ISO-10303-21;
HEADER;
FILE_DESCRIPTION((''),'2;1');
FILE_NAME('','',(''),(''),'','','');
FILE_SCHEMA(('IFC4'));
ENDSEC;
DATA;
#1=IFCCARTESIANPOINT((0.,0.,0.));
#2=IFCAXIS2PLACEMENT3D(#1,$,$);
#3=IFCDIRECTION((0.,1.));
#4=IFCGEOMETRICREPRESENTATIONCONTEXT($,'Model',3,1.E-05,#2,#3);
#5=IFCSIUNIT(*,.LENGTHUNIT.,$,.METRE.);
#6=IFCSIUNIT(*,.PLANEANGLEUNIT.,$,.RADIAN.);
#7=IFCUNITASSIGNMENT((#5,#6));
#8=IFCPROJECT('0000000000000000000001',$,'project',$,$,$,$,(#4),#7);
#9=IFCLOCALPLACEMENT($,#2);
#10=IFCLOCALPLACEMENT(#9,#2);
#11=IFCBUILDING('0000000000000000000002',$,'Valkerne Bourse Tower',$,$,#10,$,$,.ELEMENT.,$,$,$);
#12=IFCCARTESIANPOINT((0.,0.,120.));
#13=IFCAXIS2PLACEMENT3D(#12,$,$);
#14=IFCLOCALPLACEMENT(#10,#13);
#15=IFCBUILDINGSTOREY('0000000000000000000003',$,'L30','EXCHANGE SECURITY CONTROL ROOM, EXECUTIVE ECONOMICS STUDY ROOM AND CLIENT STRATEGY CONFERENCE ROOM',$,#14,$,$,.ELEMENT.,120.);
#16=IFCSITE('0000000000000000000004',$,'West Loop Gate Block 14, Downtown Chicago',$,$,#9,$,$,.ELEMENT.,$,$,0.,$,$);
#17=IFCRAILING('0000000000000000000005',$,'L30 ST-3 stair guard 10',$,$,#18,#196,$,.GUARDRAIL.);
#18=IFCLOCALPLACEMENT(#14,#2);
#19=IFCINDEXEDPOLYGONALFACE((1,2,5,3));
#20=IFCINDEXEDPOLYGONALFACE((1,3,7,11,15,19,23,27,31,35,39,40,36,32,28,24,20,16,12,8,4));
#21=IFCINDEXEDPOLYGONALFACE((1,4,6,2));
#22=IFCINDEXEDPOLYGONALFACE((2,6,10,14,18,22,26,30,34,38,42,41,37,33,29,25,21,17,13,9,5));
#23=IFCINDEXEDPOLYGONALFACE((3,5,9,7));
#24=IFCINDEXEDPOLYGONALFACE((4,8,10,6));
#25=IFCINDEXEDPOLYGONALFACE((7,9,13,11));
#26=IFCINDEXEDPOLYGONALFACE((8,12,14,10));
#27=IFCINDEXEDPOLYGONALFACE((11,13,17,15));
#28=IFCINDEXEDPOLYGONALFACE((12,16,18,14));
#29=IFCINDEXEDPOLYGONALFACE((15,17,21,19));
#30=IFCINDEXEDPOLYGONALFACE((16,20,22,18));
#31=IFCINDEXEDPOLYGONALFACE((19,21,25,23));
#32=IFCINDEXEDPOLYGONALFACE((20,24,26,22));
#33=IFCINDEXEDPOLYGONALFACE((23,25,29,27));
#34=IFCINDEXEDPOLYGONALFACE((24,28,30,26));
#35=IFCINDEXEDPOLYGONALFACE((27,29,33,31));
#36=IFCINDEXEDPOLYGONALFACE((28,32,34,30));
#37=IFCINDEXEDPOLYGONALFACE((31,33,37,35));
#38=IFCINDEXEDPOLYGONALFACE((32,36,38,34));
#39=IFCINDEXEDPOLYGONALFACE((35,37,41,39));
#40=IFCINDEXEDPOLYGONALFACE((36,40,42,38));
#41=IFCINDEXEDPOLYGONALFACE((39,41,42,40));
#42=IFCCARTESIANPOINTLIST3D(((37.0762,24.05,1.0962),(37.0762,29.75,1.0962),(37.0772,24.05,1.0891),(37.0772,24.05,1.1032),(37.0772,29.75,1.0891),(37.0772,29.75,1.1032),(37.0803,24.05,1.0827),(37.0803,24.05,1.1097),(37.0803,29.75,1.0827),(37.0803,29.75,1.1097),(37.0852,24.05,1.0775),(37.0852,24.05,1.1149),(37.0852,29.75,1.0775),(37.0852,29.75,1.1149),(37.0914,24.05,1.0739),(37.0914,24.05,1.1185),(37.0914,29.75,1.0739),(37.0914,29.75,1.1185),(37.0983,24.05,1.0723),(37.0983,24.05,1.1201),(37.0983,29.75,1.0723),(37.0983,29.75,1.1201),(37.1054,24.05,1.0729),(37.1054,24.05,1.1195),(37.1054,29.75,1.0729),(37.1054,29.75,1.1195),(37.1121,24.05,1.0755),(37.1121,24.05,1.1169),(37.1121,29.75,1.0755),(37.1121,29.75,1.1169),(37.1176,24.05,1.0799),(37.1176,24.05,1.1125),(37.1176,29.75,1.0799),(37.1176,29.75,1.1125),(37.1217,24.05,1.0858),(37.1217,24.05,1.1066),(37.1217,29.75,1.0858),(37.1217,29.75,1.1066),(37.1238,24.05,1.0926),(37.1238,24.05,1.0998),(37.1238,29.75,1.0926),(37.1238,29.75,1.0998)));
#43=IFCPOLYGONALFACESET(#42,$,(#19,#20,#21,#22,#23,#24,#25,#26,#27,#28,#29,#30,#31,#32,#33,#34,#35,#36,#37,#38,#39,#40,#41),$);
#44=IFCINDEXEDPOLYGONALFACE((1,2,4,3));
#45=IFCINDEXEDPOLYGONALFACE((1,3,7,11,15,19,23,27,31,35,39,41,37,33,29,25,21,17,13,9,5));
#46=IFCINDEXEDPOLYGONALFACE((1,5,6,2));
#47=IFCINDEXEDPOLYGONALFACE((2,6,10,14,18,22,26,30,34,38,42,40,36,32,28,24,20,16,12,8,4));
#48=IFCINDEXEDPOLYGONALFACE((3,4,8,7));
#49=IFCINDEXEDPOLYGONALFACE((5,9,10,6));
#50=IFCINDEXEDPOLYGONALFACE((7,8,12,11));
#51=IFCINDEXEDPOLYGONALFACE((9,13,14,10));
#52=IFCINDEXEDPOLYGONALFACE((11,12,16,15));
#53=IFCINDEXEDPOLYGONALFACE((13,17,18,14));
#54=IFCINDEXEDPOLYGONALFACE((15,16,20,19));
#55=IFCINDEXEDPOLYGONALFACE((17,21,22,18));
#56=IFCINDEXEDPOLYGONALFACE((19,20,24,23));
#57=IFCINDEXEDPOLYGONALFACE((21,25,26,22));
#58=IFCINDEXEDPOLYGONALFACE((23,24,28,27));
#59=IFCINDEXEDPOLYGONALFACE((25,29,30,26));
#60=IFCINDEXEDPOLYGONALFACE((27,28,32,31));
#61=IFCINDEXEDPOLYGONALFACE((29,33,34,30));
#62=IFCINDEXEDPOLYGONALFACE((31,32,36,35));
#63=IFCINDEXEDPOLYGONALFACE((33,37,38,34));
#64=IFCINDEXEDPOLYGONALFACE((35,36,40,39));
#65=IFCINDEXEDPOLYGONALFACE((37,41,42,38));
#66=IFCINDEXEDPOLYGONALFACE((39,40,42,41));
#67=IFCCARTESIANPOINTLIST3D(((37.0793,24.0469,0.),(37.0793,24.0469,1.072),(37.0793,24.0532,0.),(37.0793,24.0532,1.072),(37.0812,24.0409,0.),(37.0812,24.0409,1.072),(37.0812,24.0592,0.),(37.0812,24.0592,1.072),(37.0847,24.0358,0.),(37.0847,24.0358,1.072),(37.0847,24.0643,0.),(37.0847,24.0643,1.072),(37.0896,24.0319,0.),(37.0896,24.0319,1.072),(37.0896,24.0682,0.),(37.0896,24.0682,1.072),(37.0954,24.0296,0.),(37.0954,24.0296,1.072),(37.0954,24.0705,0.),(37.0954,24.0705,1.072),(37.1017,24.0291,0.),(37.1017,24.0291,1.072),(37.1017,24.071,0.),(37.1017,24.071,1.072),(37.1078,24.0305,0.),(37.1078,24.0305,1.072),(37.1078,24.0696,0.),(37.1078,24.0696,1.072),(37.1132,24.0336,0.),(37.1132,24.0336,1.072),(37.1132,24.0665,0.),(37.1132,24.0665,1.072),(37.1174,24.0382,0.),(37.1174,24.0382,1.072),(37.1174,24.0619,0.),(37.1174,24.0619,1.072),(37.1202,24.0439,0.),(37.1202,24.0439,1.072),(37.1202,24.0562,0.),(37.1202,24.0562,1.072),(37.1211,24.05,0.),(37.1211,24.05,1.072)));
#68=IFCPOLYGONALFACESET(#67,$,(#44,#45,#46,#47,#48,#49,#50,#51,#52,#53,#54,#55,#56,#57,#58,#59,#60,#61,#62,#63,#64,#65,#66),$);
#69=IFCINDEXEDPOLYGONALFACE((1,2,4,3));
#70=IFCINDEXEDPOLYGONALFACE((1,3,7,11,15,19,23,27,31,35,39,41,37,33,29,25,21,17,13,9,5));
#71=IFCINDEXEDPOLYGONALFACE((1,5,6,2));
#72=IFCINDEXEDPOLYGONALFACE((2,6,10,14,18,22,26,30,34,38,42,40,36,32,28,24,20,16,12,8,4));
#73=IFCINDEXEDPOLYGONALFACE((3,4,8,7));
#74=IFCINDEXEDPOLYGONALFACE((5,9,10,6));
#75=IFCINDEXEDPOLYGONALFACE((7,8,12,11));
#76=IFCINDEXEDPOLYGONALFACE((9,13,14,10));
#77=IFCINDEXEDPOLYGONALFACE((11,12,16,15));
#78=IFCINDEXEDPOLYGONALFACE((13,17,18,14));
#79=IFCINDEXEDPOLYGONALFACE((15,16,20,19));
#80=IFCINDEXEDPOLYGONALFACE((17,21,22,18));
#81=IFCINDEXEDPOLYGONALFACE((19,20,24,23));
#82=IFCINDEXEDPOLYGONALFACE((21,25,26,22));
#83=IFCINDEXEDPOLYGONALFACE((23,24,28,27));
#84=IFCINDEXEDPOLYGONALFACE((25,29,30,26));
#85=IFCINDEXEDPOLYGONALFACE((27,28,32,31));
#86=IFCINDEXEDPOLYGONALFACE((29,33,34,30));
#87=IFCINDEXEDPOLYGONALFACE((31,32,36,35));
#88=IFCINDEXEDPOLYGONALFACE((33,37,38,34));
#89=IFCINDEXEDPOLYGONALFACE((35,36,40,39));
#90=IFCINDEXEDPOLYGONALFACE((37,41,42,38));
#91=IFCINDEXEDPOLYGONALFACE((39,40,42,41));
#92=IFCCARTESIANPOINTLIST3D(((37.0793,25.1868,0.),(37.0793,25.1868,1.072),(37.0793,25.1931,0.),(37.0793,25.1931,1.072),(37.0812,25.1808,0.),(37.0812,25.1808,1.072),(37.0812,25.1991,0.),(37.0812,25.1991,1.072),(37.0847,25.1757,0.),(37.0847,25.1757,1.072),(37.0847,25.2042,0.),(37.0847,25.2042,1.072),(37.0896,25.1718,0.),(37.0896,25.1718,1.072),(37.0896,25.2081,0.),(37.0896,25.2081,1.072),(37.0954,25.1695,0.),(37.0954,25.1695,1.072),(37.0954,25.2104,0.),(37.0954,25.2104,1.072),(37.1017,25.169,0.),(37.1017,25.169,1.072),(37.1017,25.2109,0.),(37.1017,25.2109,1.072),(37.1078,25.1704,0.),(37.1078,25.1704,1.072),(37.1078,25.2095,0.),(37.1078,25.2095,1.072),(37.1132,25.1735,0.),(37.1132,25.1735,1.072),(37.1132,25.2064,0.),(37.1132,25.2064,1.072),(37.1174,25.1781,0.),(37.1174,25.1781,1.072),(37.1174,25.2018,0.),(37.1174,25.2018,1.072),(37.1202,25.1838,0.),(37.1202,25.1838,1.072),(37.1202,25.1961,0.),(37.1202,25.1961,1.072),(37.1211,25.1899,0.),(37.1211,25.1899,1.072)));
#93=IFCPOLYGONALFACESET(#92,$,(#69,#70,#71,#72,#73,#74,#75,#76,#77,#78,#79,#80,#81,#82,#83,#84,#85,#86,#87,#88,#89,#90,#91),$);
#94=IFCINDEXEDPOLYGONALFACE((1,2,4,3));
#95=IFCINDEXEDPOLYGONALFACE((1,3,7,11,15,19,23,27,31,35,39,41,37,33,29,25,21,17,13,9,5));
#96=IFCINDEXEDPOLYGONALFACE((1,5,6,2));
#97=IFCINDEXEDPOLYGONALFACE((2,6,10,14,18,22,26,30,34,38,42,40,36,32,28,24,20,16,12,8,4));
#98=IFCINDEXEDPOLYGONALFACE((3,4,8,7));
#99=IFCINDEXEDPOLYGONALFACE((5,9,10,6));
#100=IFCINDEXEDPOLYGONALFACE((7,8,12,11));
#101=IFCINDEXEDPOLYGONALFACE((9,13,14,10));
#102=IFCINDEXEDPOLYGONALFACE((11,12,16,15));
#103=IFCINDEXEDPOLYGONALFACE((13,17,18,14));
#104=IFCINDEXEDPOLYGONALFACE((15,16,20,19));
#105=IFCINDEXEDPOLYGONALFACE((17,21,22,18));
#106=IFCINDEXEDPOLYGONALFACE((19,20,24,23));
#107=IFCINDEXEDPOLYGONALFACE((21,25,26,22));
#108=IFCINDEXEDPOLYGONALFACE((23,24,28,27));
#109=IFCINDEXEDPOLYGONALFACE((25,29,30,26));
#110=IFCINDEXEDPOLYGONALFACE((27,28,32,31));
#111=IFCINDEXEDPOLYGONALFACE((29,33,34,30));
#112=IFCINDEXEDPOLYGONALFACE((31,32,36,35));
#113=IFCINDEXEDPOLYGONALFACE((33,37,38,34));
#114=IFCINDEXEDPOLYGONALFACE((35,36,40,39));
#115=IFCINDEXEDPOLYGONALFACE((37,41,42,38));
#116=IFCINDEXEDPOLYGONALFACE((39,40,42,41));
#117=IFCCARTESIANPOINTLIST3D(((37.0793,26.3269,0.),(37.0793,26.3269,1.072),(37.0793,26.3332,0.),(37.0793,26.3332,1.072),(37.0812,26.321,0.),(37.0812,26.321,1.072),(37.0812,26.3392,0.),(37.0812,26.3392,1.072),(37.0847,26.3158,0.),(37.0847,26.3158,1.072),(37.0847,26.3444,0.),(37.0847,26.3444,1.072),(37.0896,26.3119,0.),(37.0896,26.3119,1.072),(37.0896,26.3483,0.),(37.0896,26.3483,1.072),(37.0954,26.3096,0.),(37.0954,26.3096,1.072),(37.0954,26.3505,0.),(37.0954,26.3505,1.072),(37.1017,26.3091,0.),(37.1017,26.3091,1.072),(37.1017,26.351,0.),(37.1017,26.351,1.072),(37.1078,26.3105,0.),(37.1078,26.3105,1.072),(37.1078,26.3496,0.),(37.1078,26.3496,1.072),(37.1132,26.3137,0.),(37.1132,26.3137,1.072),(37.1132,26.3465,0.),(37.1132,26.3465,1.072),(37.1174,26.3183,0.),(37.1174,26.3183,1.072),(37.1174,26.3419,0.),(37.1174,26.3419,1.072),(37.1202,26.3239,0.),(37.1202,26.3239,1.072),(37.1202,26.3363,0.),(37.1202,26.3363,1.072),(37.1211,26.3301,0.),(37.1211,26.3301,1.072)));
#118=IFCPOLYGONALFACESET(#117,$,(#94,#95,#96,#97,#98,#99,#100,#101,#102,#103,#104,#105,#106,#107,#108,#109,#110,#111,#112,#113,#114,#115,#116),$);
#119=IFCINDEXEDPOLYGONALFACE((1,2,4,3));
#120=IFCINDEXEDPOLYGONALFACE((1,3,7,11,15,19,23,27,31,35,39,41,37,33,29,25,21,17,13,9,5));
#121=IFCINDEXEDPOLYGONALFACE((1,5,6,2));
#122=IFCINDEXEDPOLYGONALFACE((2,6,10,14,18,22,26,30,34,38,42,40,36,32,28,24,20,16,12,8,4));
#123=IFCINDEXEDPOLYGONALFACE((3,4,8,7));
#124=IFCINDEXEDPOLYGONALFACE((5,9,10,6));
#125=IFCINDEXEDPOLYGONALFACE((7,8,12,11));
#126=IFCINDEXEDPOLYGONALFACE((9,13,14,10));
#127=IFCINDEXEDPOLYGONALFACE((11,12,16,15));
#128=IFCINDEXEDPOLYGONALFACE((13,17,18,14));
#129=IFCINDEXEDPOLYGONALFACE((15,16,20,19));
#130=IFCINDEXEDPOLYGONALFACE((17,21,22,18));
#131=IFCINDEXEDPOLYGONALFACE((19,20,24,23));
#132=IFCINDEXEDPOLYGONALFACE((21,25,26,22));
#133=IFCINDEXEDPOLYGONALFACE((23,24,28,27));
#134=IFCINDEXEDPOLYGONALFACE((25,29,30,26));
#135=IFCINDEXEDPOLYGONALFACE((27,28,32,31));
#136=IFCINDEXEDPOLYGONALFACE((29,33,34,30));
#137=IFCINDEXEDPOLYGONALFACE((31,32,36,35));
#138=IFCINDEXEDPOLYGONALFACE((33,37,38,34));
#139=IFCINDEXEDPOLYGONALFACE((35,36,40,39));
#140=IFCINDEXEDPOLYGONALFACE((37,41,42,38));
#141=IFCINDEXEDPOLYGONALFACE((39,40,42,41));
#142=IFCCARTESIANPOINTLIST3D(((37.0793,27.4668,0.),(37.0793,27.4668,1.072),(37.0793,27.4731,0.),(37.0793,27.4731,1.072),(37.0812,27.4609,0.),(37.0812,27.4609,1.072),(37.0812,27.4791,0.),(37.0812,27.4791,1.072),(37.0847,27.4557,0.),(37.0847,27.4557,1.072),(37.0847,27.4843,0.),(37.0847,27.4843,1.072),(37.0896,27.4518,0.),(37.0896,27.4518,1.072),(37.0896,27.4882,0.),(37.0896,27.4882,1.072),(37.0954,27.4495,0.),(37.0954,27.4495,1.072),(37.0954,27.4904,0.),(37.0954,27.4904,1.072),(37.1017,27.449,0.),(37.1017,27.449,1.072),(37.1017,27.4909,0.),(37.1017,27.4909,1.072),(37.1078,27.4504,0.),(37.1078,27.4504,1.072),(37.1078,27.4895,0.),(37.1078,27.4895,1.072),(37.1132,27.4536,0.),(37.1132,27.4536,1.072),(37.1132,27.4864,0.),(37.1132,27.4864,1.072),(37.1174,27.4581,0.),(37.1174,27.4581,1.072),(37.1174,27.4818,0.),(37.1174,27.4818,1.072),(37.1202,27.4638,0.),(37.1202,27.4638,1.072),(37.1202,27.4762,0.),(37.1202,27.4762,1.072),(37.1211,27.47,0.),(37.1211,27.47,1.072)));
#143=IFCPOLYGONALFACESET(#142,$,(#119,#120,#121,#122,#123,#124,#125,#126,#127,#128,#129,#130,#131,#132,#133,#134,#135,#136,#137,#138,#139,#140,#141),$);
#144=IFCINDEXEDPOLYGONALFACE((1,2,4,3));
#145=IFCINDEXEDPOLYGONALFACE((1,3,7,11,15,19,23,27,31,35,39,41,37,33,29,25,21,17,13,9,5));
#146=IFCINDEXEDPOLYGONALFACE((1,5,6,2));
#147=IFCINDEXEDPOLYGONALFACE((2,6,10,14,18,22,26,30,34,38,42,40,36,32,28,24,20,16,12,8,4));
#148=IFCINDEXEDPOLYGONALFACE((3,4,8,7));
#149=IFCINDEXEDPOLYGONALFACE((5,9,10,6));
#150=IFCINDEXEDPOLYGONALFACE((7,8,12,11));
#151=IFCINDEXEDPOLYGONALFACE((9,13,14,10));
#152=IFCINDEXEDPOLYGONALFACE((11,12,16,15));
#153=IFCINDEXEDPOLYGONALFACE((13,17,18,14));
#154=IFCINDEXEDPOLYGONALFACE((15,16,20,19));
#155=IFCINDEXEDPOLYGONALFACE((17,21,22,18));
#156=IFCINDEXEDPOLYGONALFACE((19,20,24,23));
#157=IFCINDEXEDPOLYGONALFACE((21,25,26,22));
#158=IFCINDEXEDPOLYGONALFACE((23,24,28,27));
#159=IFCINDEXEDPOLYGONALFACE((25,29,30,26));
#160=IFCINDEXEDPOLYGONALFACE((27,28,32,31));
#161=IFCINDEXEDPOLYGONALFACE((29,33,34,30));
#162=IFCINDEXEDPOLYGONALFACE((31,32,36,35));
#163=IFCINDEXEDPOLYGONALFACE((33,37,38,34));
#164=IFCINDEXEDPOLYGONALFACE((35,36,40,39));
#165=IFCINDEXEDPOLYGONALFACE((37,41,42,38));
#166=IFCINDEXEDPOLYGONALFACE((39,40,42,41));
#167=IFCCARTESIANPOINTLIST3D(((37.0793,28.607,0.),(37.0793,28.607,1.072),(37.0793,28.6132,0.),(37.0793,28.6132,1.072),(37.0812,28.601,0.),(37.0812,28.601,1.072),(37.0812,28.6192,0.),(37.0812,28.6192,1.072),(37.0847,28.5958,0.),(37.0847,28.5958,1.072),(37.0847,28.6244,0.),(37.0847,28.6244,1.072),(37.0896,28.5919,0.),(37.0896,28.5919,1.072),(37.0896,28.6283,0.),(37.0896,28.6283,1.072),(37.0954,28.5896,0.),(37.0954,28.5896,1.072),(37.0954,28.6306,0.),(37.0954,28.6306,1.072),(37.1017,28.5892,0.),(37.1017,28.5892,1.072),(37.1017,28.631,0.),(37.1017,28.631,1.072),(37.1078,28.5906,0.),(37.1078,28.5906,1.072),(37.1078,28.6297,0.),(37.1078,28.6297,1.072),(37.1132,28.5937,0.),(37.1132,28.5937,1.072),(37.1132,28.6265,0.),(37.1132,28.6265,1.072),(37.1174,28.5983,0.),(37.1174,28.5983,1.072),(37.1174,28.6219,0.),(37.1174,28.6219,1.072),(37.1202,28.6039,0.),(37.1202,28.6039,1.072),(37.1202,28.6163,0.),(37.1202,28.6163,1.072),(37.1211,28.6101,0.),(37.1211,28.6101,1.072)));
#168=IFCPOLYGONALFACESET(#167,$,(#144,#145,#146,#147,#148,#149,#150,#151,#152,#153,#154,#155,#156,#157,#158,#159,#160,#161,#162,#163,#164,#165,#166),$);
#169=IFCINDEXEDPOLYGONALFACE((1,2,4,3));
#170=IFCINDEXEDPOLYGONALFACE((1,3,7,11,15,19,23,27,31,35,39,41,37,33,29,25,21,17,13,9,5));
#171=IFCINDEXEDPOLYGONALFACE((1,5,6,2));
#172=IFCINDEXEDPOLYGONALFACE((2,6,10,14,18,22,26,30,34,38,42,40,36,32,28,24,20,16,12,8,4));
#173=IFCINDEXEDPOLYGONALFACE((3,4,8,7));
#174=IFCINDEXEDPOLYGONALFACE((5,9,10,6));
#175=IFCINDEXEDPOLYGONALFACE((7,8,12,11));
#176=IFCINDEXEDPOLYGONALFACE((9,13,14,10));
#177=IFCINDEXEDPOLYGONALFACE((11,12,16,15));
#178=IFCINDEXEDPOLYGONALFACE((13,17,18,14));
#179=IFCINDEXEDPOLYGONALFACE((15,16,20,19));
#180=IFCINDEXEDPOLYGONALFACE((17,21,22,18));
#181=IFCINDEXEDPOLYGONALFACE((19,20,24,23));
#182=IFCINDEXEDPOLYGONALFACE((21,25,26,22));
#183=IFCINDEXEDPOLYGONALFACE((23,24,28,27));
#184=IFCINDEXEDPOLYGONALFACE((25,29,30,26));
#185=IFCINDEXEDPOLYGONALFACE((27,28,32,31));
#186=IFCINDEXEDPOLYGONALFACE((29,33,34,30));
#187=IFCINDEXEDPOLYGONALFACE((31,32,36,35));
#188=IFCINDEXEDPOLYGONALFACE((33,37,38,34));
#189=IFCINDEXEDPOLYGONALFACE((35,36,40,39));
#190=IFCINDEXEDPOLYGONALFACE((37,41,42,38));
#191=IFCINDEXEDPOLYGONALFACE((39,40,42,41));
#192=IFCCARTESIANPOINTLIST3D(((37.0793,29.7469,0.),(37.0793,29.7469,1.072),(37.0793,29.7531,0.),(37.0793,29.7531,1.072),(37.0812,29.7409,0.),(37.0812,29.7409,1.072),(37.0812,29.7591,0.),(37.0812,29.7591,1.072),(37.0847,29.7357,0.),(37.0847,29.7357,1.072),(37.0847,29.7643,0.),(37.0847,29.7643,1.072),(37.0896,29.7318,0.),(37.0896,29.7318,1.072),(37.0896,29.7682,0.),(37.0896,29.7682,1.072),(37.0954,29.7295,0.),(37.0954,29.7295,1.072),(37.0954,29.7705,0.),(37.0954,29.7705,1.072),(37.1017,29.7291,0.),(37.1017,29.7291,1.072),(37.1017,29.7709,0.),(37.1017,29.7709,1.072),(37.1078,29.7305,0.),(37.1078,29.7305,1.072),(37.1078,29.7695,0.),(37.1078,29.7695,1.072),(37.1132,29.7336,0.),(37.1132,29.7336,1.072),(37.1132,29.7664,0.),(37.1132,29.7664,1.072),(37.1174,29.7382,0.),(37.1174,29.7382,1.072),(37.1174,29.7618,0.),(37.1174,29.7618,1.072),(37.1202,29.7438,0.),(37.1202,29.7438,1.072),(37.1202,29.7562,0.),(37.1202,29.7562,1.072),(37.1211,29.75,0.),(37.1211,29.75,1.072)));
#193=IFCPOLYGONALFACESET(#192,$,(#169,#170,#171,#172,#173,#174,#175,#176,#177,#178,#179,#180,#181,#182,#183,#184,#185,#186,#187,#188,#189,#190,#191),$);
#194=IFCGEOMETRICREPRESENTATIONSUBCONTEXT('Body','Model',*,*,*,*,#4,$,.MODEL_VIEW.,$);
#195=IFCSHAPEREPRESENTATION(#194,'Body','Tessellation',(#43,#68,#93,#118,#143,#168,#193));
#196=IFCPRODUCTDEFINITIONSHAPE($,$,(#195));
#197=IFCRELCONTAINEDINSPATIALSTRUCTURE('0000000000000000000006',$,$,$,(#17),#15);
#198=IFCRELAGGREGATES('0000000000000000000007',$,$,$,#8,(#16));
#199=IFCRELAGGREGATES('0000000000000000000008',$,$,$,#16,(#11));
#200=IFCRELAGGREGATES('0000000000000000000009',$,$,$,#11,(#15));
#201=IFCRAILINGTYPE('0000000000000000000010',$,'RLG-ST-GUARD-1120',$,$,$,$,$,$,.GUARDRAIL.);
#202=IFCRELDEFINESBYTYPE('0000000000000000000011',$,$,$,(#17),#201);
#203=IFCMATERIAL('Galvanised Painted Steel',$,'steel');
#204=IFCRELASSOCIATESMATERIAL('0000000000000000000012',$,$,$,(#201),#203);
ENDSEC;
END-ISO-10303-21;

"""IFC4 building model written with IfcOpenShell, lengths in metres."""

from ifc_helpers import new_model, si_unit, direction, frame, origin, origin_2d, place, context, subcontext, project, spatial, circle, extrude, material, type_object, element, save


model = new_model("IFC4")

# Units and contexts
model_context = context("Model", 3, precision=1e-05, world=origin(), true_north=direction((0.0, 1.0)))
body_context = subcontext(model_context, "Body", "Model", "MODEL_VIEW")
ifc_project = project(units=[si_unit("LENGTHUNIT", "METRE"), si_unit("PLANEANGLEUNIT", "RADIAN")], contexts=[model_context])

# Site, building, storey
site_placement = place(None, origin())
site = spatial("IfcSite", under=ifc_project, at=site_placement, Name="West Loop Gate Block 14, Downtown Chicago", CompositionType="ELEMENT", RefElevation=0.0)
building_placement = place(site_placement, origin())
building = spatial("IfcBuilding", under=site, at=building_placement, Name="Valkerne Bourse Tower", CompositionType="ELEMENT")
storey_placement = place(building_placement, frame((0.0, 0.0, 120.0)))
storey = spatial("IfcBuildingStorey", under=building, at=storey_placement, Name="L30", Description="EXCHANGE SECURITY CONTROL ROOM, EXECUTIVE ECONOMICS STUDY ROOM AND CLIENT STRATEGY CONFERENCE ROOM", CompositionType="ELEMENT", Elevation=120.0)

# Railing
ifc_material_1 = material(Name="Galvanised Painted Steel", Category="steel")
railing_type_1 = type_object("IfcRailingType", Name="RLG-ST-GUARD-1120", PredefinedType="GUARDRAIL", material=ifc_material_1)
for number, where, name in (
    (1, (37.1001, 24.05, 0.0), "L30 ST-3 stair guard 10"),
):
    element("IfcRailing", number, at=place(storey_placement, frame(where)), inside=storey, type_object=railing_type_1, Name=name, PredefinedType="GUARDRAIL", context=body_context, shape_type="SweptSolid", body=[
        extrude(circle(Radius=0.0239, at=origin_2d()), frame((0.0, 0.0, 1.0962), z_axis=(0.0, 1.0, 0.0), x_axis=(-1.0, 0.0, 0.0)), (0.0, 0.0, 1.0), 5.7),
        extrude(circle(Radius=0.021, at=origin_2d()), origin(), (0.0, 0.0, 1.0), 1.072),
        extrude(circle(Radius=0.021, at=origin_2d()), frame((0.0, 1.1399, 0.0)), (0.0, 0.0, 1.0), 1.072),
        extrude(circle(Radius=0.021, at=origin_2d()), frame((0.0, 2.28, 0.0)), (0.0, 0.0, 1.0), 1.072),
        extrude(circle(Radius=0.021, at=origin_2d()), frame((0.0, 3.4199, 0.0)), (0.0, 0.0, 1.0), 1.072),
        extrude(circle(Radius=0.021, at=origin_2d()), frame((0.0, 4.5601, 0.0)), (0.0, 0.0, 1.0), 1.072),
        extrude(circle(Radius=0.021, at=origin_2d()), frame((0.0, 5.7, 0.0)), (0.0, 0.0, 1.0), 1.072),
    ])

save(model, "model.ifc")
